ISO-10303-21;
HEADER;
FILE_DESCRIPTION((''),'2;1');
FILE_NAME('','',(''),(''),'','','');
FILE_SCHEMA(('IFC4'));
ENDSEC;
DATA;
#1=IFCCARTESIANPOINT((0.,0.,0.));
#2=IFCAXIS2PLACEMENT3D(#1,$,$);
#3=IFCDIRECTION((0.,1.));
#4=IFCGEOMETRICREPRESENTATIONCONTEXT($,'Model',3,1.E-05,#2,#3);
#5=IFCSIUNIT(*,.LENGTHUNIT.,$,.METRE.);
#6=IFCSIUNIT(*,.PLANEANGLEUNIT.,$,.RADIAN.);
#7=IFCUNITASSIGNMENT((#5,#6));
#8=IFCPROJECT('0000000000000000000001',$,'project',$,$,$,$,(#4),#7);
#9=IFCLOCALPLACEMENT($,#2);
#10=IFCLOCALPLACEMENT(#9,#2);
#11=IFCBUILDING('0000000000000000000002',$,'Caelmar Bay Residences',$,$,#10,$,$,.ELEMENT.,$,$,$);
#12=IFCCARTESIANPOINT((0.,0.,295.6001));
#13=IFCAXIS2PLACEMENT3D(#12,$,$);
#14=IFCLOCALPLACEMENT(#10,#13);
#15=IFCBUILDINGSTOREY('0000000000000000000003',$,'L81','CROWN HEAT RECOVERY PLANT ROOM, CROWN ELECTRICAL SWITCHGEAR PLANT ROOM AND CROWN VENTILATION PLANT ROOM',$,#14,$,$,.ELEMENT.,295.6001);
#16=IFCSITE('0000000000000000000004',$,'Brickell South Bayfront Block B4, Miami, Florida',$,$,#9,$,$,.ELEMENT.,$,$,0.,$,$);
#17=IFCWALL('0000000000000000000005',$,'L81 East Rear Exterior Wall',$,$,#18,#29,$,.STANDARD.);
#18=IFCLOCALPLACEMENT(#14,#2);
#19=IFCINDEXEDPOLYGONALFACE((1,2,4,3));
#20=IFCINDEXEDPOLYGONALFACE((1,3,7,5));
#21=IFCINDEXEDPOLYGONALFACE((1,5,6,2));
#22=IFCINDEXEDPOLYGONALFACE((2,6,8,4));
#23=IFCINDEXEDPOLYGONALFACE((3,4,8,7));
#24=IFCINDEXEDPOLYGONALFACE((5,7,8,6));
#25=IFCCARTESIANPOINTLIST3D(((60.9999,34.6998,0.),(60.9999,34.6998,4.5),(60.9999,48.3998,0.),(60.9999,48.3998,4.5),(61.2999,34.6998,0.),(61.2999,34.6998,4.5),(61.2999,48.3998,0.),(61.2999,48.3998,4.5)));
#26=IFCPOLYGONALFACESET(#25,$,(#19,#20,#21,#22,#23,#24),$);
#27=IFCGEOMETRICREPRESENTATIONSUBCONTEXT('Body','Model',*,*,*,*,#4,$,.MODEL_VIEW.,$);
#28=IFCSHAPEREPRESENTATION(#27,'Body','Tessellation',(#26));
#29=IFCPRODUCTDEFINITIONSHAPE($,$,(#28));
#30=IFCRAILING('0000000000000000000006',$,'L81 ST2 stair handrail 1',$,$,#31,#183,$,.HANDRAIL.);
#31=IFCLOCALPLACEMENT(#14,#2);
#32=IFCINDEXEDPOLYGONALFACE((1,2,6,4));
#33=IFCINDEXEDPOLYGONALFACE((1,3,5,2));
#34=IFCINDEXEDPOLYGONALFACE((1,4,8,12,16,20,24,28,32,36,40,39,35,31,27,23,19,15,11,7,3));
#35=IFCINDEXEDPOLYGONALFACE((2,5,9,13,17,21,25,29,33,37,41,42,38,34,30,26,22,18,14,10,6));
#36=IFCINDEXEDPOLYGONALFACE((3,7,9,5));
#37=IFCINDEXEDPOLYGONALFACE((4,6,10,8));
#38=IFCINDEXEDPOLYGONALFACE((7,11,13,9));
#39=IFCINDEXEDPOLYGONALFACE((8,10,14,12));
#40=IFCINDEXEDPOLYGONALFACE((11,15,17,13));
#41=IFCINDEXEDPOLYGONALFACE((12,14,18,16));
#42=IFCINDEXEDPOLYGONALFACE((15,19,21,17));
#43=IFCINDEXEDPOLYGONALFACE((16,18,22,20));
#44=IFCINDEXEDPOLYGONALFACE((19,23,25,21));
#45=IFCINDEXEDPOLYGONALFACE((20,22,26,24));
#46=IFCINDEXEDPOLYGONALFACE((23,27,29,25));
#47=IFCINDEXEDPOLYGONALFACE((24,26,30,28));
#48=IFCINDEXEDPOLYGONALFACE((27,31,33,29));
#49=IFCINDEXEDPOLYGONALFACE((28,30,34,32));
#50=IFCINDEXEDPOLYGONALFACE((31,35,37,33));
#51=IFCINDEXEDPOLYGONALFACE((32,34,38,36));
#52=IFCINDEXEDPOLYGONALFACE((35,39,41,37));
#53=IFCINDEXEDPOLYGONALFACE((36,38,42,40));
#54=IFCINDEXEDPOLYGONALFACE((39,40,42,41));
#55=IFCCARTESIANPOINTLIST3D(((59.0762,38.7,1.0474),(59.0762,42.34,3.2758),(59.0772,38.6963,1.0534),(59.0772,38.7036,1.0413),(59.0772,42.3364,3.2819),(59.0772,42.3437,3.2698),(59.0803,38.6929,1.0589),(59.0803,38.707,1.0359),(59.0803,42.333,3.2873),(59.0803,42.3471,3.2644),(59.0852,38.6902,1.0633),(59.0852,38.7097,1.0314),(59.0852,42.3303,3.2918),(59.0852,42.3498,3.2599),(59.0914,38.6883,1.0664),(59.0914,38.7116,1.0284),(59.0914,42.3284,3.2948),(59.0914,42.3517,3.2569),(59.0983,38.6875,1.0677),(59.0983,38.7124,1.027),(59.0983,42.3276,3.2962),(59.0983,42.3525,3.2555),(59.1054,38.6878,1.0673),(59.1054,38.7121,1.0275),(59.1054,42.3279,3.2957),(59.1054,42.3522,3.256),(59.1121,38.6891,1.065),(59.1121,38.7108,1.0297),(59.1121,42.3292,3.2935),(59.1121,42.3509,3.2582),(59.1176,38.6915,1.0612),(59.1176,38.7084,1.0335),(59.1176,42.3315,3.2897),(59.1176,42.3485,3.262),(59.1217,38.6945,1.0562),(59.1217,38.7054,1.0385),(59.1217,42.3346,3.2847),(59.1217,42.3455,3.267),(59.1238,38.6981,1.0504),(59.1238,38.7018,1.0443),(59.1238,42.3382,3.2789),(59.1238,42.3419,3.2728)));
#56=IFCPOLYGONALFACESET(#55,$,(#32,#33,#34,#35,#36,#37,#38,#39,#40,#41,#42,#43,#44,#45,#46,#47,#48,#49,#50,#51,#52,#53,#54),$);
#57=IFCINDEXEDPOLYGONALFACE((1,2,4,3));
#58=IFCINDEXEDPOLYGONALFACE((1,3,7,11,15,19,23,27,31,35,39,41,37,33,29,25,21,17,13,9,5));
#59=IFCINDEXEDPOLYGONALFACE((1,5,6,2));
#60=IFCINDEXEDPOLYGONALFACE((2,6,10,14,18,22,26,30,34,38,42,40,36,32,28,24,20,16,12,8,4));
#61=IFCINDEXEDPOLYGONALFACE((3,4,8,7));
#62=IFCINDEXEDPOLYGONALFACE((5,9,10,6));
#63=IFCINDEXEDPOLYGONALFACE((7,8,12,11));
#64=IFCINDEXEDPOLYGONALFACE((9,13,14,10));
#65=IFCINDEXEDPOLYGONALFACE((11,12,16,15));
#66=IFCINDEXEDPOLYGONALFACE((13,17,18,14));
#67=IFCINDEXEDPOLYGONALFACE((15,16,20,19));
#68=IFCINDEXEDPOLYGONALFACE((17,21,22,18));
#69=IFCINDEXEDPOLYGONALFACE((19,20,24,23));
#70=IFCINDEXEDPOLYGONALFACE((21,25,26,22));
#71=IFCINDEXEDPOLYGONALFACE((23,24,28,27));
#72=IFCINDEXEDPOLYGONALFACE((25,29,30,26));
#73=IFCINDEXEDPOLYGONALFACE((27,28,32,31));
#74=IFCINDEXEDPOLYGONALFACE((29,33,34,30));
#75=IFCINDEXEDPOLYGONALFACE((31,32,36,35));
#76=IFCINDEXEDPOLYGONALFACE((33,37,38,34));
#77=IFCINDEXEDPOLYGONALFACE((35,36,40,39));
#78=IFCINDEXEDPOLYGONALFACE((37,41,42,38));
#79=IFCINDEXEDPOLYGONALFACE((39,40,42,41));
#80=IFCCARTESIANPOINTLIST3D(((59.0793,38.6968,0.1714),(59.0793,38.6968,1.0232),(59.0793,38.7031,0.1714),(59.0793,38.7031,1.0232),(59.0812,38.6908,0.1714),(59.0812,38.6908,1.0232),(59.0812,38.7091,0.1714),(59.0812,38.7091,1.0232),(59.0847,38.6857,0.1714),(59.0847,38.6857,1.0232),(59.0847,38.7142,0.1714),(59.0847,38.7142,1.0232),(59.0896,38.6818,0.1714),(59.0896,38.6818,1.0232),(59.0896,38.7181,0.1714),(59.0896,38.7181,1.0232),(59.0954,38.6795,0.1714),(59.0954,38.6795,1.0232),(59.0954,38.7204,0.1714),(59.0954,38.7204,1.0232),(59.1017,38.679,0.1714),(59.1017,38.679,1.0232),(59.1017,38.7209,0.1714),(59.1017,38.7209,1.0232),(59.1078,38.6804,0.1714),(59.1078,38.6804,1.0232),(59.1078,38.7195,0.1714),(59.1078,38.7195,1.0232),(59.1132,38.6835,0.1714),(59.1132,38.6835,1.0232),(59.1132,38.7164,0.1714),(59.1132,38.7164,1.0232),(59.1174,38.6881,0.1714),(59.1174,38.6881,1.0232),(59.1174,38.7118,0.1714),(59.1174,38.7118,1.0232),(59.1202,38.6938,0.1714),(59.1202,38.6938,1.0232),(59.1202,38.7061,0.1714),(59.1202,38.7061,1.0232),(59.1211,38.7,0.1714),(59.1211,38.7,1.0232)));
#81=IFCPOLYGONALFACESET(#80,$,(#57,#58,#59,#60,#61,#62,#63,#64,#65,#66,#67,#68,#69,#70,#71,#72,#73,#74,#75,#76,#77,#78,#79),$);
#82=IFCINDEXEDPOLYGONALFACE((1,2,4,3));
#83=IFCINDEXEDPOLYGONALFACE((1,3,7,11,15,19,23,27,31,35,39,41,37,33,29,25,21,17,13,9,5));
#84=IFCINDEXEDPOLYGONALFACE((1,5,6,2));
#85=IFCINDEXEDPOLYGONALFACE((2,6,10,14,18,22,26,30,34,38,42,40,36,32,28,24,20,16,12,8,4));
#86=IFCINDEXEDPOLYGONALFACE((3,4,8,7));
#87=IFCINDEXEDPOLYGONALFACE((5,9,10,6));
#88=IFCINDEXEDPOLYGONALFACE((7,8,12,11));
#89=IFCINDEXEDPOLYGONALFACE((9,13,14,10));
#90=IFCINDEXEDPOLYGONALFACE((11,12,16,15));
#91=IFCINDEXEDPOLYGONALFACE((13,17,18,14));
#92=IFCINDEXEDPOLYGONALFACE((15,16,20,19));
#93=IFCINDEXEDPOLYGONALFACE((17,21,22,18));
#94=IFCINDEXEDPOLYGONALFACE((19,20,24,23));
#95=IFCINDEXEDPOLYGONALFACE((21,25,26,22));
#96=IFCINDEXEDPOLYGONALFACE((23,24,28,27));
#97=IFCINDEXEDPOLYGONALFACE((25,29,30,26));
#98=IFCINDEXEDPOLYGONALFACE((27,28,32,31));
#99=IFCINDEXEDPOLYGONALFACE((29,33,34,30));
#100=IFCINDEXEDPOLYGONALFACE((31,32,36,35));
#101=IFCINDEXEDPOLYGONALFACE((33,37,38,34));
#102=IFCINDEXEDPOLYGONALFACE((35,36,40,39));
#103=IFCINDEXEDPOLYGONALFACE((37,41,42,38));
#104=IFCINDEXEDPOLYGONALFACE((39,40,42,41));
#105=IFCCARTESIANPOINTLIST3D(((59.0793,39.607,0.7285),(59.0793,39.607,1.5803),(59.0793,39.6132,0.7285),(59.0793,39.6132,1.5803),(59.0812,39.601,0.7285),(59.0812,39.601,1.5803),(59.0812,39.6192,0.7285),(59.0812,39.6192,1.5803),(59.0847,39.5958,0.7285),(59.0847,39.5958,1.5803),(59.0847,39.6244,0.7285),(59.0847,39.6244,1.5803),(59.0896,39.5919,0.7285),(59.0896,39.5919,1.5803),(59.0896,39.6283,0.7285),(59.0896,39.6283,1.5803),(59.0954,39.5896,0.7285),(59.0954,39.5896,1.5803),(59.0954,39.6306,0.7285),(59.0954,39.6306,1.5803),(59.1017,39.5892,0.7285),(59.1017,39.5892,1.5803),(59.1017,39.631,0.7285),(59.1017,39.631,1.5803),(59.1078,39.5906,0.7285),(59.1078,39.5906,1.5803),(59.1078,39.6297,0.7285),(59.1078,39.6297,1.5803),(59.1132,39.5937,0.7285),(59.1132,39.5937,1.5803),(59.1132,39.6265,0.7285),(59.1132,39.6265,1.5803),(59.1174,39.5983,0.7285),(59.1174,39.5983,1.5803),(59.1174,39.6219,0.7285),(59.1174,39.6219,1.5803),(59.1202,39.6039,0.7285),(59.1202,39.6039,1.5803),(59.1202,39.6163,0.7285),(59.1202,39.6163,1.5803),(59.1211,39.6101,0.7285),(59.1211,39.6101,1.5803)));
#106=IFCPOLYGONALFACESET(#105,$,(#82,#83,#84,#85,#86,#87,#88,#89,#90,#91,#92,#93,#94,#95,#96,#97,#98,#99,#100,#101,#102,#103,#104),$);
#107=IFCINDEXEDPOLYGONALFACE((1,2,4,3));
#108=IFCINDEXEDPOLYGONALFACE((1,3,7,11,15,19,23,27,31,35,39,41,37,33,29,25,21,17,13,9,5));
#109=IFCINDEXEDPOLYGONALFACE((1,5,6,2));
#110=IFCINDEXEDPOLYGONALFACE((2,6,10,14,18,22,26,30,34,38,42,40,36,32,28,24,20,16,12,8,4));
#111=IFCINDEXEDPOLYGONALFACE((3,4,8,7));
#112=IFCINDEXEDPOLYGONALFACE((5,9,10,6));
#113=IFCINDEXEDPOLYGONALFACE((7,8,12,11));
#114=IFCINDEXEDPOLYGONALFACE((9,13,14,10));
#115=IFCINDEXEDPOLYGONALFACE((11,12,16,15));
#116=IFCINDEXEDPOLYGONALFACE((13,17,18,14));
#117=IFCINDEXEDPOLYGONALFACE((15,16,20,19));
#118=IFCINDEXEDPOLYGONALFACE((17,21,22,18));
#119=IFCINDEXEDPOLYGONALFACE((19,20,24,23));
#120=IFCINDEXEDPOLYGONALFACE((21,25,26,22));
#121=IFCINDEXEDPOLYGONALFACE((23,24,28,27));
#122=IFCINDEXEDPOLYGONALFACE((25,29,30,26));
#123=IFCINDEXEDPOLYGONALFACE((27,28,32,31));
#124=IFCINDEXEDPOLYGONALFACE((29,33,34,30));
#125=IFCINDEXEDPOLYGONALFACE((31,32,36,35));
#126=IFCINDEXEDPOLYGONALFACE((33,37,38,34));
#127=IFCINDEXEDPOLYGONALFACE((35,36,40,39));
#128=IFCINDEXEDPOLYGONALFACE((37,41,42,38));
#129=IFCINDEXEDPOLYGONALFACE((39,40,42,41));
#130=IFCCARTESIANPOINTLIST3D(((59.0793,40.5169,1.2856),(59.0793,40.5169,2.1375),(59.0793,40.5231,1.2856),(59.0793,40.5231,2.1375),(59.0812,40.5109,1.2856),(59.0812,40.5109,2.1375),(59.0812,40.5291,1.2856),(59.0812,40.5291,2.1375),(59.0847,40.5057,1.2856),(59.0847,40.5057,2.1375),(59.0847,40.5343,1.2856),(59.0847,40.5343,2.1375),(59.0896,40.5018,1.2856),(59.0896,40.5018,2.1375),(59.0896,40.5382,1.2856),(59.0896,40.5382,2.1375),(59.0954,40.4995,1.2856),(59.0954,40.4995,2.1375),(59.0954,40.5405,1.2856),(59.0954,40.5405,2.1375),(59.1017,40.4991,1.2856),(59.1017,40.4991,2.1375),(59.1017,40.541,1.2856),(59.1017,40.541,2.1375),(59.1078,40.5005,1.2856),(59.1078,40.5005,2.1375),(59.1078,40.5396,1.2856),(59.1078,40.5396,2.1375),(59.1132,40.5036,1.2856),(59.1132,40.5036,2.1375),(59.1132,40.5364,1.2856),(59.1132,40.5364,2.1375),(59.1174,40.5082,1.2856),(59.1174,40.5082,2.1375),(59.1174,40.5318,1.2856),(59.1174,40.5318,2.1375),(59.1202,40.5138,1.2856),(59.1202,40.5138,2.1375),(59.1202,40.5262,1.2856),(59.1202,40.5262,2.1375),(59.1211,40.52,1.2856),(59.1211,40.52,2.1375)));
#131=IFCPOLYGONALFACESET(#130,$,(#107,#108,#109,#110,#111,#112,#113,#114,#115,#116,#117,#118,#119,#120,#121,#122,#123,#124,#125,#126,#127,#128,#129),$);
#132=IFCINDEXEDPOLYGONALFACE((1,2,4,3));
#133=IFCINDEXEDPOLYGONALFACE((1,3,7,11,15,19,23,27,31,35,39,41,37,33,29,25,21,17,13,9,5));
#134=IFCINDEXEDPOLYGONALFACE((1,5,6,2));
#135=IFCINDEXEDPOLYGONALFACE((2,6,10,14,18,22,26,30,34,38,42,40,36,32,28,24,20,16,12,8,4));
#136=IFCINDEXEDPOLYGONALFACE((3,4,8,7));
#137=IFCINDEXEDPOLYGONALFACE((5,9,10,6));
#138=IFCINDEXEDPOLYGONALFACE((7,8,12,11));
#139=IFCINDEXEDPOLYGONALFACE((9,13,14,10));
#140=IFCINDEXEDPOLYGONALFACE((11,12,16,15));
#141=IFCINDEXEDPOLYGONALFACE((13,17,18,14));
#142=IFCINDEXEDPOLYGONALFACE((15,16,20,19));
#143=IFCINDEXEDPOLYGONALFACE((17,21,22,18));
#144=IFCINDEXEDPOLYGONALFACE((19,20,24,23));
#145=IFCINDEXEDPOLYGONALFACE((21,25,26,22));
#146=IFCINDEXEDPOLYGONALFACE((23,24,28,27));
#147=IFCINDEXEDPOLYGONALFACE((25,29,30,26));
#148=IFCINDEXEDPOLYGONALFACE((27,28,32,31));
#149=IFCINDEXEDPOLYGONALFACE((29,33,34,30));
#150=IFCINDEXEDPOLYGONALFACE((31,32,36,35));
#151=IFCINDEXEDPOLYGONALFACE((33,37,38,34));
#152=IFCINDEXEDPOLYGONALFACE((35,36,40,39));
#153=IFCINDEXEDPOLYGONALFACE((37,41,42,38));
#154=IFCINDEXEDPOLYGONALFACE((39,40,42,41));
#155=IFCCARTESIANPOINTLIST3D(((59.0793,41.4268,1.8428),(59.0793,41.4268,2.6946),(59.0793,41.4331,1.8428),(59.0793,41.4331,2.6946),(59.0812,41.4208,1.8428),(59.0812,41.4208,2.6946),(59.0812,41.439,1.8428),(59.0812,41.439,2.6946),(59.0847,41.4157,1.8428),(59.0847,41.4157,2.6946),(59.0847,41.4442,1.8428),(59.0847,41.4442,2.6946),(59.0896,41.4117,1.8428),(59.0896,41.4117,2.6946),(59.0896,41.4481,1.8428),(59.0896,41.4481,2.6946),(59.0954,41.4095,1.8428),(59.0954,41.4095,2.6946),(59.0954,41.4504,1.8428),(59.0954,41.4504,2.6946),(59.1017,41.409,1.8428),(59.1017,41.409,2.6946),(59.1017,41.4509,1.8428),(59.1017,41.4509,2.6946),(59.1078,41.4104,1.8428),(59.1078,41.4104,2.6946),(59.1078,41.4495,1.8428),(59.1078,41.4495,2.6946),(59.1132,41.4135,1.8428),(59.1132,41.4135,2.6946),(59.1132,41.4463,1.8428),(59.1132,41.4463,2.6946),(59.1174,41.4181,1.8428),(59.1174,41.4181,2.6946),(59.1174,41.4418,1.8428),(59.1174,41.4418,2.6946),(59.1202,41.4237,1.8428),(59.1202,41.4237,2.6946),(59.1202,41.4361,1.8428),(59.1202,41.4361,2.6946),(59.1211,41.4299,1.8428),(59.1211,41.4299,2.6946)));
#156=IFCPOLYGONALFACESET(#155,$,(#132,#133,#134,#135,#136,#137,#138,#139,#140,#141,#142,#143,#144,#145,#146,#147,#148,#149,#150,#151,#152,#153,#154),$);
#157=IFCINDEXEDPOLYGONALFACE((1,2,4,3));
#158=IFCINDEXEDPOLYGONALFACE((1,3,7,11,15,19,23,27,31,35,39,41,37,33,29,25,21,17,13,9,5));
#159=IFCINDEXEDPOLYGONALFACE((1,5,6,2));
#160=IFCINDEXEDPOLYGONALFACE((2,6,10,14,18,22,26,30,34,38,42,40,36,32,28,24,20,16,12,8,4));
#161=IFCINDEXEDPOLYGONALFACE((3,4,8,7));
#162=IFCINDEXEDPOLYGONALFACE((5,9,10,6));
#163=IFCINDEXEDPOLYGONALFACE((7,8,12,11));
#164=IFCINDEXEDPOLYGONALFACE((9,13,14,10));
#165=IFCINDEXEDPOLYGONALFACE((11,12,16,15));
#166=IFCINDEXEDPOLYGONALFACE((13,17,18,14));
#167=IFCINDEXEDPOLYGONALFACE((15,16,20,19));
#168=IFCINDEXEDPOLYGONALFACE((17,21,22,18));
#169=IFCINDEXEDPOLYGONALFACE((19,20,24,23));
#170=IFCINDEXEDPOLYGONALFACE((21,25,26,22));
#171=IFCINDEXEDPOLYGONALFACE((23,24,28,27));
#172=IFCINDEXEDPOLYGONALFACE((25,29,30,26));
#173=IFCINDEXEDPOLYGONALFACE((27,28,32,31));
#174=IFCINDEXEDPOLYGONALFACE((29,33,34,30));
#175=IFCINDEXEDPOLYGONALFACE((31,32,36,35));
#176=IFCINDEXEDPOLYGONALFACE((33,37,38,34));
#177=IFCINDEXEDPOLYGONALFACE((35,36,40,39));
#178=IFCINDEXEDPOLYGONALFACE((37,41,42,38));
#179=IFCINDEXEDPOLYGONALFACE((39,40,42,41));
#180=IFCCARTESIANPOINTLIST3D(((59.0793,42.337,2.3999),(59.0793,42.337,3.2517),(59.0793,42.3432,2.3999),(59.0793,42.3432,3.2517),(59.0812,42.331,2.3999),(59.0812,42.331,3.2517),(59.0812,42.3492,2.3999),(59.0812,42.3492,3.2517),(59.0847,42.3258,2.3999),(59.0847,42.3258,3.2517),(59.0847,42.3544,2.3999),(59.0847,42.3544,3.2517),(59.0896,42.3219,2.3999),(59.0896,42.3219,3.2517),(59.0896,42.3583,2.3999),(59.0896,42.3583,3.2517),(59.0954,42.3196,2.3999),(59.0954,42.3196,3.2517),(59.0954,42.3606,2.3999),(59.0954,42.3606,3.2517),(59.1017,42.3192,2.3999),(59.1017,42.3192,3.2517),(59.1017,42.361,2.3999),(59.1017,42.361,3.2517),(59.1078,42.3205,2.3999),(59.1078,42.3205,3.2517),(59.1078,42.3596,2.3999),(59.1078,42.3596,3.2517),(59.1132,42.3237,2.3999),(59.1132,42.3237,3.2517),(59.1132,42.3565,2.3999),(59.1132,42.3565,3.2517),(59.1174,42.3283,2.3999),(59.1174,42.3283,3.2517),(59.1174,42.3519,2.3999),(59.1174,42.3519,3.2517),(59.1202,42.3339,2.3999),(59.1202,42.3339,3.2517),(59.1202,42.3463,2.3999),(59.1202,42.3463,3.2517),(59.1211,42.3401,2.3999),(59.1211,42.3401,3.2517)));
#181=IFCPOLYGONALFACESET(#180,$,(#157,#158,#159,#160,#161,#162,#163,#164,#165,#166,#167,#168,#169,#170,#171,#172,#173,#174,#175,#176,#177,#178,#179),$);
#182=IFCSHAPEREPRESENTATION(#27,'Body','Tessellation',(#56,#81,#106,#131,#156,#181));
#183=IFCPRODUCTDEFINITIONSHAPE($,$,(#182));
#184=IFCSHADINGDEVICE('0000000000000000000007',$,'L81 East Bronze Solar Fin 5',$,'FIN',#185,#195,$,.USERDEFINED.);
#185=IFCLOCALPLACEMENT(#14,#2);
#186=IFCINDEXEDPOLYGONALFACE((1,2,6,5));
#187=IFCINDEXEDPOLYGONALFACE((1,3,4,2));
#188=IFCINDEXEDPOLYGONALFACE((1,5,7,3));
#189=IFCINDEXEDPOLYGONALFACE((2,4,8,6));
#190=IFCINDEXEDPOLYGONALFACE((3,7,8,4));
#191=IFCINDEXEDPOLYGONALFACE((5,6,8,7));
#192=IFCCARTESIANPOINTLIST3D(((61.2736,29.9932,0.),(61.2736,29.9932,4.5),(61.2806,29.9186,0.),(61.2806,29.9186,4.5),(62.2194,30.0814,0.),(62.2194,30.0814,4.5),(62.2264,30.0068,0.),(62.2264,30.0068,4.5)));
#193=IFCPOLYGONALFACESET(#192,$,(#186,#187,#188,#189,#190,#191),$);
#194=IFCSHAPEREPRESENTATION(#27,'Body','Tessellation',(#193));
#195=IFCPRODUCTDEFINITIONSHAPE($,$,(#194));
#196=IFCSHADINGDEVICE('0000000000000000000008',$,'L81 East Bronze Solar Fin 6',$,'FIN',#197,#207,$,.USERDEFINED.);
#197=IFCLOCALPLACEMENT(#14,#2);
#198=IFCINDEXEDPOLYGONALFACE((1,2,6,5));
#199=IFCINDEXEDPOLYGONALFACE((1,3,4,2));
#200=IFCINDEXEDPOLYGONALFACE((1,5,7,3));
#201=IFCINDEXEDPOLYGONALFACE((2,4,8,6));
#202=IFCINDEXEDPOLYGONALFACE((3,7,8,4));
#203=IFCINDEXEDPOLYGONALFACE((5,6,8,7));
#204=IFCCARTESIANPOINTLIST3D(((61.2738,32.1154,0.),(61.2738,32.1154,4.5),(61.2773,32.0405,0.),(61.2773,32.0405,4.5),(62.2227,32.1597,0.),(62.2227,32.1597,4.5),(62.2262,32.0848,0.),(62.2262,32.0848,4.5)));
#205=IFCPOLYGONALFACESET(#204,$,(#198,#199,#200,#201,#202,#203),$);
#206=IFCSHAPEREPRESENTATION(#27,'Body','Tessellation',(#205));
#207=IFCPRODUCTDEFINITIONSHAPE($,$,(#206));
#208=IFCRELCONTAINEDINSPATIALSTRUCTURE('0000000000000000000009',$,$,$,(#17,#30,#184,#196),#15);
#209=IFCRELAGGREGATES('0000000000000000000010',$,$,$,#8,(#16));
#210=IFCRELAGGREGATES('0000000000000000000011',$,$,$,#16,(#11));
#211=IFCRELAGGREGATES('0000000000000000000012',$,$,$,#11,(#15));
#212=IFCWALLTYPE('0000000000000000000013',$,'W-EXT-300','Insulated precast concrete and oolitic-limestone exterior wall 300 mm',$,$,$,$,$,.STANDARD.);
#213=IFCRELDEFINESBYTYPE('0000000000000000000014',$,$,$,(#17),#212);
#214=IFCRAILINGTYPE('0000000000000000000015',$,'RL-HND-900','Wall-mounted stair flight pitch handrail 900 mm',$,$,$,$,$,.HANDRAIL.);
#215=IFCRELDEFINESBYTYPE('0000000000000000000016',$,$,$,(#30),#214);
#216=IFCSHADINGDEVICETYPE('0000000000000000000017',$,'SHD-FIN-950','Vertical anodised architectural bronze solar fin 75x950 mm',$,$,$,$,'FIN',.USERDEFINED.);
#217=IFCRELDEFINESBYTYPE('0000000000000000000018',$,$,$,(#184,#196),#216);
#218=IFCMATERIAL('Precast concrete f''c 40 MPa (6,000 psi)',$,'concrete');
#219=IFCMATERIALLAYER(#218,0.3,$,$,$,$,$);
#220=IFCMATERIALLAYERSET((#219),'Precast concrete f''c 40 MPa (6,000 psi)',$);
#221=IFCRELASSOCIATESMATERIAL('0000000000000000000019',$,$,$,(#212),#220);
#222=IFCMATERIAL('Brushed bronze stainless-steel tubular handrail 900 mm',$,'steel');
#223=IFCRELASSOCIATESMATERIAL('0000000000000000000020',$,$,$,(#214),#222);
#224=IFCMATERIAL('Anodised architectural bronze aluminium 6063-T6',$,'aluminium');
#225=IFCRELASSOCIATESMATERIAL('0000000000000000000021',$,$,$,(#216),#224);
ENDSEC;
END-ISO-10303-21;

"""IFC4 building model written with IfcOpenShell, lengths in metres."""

from ifc_helpers import new_model, si_unit, direction, frame, frame_2d, origin, origin_2d, place, context, subcontext, project, spatial, rectangle, circle, extrude, material, layer, layer_set, material_profile, profile_set, type_object, element, save


model = new_model("IFC4")

# Units and contexts
model_context = context("Model", 3, precision=1e-05, world=origin(), true_north=direction((0.0, 1.0)))
body_context = subcontext(model_context, "Body", "Model", "MODEL_VIEW")
ifc_project = project(units=[si_unit("LENGTHUNIT", "METRE"), si_unit("PLANEANGLEUNIT", "RADIAN")], contexts=[model_context])

# Site, building, storey
site_placement = place(None, origin())
site = spatial("IfcSite", under=ifc_project, at=site_placement, Name="Brickell South Bayfront Block B4, Miami, Florida", CompositionType="ELEMENT", RefElevation=0.0)
building_placement = place(site_placement, origin())
building = spatial("IfcBuilding", under=site, at=building_placement, Name="Caelmar Bay Residences", CompositionType="ELEMENT")
storey_placement = place(building_placement, frame((0.0, 0.0, 295.6001)))
storey = spatial("IfcBuildingStorey", under=building, at=storey_placement, Name="L81", Description="CROWN HEAT RECOVERY PLANT ROOM, CROWN ELECTRICAL SWITCHGEAR PLANT ROOM AND CROWN VENTILATION PLANT ROOM", CompositionType="ELEMENT", Elevation=295.6001)

# Wall
ifc_material_1 = material(Name="Precast concrete f'c 40 MPa (6,000 psi)", Category="concrete")
ifc_layer_1 = layer(ifc_material_1, 0.3)
ifc_layer_set_1 = layer_set([ifc_layer_1], Name="Precast concrete f'c 40 MPa (6,000 psi)")
wall_type_1 = type_object("IfcWallType", Name="W-EXT-300", Description="Insulated precast concrete and oolitic-limestone exterior wall 300 mm", PredefinedType="STANDARD", material=ifc_layer_set_1)
wall_1_placement = place(storey_placement, frame((61.1499, 48.3999, 0.0), z_axis=(0.0, 0.0, 1.0), x_axis=(0.0, -1.0, 0.0)))
element("IfcWall", 1, at=wall_1_placement, inside=storey, type_object=wall_type_1, Name="L81 East Rear Exterior Wall", PredefinedType="STANDARD", context=body_context, shape_type="SweptSolid", body=[
    extrude(rectangle(XDim=13.7, YDim=0.3, at=frame_2d((6.8501, 0.0))), origin(), (0.0, 0.0, 1.0), 4.5),
])

# Railing
ifc_material_2 = material(Name="Brushed bronze stainless-steel tubular handrail 900 mm", Category="steel")
railing_type = type_object("IfcRailingType", Name="RL-HND-900", Description="Wall-mounted stair flight pitch handrail 900 mm", PredefinedType="HANDRAIL", material=ifc_material_2)
railing_placement = place(storey_placement, frame((59.1001, 38.7, 0.1714)))
element("IfcRailing", 2, at=railing_placement, inside=storey, type_object=railing_type, Name="L81 ST2 stair handrail 1", PredefinedType="HANDRAIL", context=body_context, shape_type="SweptSolid", body=[
    extrude(circle(Radius=0.0239, at=origin_2d()), frame((0.0, 0.0, 0.876), z_axis=(0.0, 0.852866, 0.52213), x_axis=(-1.0, 0.0, 0.0)), (0.0, 0.0, 1.0), 4.2681),
    extrude(circle(Radius=0.021, at=origin_2d()), origin(), (0.0, 0.0, 1.0), 0.8518),
    extrude(circle(Radius=0.021, at=origin_2d()), frame((0.0, 0.9102, 0.5571)), (0.0, 0.0, 1.0), 0.8518),
    extrude(circle(Radius=0.021, at=origin_2d()), frame((0.0, 1.8201, 1.1143)), (0.0, 0.0, 1.0), 0.8518),
    extrude(circle(Radius=0.021, at=origin_2d()), frame((0.0, 2.73, 1.6714)), (0.0, 0.0, 1.0), 0.8518),
    extrude(circle(Radius=0.021, at=origin_2d()), frame((0.0, 3.6401, 2.2285)), (0.0, 0.0, 1.0), 0.8518),
])

# Shading devices
ifc_material_3 = material(Name="Anodised architectural bronze aluminium 6063-T6", Category="aluminium")
ifc_material_profile_1 = material_profile(ifc_material_3, rectangle(XDim=0.075, YDim=0.95, at=origin_2d()), Name="BRONZE-FIN-75X950")
ifc_profile_set_1 = profile_set([ifc_material_profile_1], Name="Anodised architectural bronze aluminium 6063-T6")
shading_device_type = type_object("IfcShadingDeviceType", Name="SHD-FIN-950", Description="Vertical anodised architectural bronze solar fin 75x950 mm", ElementType="FIN", PredefinedType="USERDEFINED", material=ifc_profile_set_1)
for number, where, z_axis, x_axis, name in (
    (3, (61.75, 30.0, 0.0), (0.0, 0.0, 1.0), (-0.092892, 0.995676, 0.0), "L81 East Bronze Solar Fin 5"),
    (4, (61.75, 32.1001, 0.0), (0.0, 0.0, 1.0), (-0.046583, 0.998914, 0.0), "L81 East Bronze Solar Fin 6"),
):
    element("IfcShadingDevice", number, at=place(storey_placement, frame(where, z_axis=z_axis, x_axis=x_axis)), inside=storey, type_object=shading_device_type, Name=name, ObjectType="FIN", PredefinedType="USERDEFINED", context=body_context, shape_type="SweptSolid", body=[
        extrude(rectangle(XDim=0.075, YDim=0.95, at=origin_2d()), origin(), (0.0, 0.0, 1.0), 4.5),
    ])

save(model, "model.ifc")
